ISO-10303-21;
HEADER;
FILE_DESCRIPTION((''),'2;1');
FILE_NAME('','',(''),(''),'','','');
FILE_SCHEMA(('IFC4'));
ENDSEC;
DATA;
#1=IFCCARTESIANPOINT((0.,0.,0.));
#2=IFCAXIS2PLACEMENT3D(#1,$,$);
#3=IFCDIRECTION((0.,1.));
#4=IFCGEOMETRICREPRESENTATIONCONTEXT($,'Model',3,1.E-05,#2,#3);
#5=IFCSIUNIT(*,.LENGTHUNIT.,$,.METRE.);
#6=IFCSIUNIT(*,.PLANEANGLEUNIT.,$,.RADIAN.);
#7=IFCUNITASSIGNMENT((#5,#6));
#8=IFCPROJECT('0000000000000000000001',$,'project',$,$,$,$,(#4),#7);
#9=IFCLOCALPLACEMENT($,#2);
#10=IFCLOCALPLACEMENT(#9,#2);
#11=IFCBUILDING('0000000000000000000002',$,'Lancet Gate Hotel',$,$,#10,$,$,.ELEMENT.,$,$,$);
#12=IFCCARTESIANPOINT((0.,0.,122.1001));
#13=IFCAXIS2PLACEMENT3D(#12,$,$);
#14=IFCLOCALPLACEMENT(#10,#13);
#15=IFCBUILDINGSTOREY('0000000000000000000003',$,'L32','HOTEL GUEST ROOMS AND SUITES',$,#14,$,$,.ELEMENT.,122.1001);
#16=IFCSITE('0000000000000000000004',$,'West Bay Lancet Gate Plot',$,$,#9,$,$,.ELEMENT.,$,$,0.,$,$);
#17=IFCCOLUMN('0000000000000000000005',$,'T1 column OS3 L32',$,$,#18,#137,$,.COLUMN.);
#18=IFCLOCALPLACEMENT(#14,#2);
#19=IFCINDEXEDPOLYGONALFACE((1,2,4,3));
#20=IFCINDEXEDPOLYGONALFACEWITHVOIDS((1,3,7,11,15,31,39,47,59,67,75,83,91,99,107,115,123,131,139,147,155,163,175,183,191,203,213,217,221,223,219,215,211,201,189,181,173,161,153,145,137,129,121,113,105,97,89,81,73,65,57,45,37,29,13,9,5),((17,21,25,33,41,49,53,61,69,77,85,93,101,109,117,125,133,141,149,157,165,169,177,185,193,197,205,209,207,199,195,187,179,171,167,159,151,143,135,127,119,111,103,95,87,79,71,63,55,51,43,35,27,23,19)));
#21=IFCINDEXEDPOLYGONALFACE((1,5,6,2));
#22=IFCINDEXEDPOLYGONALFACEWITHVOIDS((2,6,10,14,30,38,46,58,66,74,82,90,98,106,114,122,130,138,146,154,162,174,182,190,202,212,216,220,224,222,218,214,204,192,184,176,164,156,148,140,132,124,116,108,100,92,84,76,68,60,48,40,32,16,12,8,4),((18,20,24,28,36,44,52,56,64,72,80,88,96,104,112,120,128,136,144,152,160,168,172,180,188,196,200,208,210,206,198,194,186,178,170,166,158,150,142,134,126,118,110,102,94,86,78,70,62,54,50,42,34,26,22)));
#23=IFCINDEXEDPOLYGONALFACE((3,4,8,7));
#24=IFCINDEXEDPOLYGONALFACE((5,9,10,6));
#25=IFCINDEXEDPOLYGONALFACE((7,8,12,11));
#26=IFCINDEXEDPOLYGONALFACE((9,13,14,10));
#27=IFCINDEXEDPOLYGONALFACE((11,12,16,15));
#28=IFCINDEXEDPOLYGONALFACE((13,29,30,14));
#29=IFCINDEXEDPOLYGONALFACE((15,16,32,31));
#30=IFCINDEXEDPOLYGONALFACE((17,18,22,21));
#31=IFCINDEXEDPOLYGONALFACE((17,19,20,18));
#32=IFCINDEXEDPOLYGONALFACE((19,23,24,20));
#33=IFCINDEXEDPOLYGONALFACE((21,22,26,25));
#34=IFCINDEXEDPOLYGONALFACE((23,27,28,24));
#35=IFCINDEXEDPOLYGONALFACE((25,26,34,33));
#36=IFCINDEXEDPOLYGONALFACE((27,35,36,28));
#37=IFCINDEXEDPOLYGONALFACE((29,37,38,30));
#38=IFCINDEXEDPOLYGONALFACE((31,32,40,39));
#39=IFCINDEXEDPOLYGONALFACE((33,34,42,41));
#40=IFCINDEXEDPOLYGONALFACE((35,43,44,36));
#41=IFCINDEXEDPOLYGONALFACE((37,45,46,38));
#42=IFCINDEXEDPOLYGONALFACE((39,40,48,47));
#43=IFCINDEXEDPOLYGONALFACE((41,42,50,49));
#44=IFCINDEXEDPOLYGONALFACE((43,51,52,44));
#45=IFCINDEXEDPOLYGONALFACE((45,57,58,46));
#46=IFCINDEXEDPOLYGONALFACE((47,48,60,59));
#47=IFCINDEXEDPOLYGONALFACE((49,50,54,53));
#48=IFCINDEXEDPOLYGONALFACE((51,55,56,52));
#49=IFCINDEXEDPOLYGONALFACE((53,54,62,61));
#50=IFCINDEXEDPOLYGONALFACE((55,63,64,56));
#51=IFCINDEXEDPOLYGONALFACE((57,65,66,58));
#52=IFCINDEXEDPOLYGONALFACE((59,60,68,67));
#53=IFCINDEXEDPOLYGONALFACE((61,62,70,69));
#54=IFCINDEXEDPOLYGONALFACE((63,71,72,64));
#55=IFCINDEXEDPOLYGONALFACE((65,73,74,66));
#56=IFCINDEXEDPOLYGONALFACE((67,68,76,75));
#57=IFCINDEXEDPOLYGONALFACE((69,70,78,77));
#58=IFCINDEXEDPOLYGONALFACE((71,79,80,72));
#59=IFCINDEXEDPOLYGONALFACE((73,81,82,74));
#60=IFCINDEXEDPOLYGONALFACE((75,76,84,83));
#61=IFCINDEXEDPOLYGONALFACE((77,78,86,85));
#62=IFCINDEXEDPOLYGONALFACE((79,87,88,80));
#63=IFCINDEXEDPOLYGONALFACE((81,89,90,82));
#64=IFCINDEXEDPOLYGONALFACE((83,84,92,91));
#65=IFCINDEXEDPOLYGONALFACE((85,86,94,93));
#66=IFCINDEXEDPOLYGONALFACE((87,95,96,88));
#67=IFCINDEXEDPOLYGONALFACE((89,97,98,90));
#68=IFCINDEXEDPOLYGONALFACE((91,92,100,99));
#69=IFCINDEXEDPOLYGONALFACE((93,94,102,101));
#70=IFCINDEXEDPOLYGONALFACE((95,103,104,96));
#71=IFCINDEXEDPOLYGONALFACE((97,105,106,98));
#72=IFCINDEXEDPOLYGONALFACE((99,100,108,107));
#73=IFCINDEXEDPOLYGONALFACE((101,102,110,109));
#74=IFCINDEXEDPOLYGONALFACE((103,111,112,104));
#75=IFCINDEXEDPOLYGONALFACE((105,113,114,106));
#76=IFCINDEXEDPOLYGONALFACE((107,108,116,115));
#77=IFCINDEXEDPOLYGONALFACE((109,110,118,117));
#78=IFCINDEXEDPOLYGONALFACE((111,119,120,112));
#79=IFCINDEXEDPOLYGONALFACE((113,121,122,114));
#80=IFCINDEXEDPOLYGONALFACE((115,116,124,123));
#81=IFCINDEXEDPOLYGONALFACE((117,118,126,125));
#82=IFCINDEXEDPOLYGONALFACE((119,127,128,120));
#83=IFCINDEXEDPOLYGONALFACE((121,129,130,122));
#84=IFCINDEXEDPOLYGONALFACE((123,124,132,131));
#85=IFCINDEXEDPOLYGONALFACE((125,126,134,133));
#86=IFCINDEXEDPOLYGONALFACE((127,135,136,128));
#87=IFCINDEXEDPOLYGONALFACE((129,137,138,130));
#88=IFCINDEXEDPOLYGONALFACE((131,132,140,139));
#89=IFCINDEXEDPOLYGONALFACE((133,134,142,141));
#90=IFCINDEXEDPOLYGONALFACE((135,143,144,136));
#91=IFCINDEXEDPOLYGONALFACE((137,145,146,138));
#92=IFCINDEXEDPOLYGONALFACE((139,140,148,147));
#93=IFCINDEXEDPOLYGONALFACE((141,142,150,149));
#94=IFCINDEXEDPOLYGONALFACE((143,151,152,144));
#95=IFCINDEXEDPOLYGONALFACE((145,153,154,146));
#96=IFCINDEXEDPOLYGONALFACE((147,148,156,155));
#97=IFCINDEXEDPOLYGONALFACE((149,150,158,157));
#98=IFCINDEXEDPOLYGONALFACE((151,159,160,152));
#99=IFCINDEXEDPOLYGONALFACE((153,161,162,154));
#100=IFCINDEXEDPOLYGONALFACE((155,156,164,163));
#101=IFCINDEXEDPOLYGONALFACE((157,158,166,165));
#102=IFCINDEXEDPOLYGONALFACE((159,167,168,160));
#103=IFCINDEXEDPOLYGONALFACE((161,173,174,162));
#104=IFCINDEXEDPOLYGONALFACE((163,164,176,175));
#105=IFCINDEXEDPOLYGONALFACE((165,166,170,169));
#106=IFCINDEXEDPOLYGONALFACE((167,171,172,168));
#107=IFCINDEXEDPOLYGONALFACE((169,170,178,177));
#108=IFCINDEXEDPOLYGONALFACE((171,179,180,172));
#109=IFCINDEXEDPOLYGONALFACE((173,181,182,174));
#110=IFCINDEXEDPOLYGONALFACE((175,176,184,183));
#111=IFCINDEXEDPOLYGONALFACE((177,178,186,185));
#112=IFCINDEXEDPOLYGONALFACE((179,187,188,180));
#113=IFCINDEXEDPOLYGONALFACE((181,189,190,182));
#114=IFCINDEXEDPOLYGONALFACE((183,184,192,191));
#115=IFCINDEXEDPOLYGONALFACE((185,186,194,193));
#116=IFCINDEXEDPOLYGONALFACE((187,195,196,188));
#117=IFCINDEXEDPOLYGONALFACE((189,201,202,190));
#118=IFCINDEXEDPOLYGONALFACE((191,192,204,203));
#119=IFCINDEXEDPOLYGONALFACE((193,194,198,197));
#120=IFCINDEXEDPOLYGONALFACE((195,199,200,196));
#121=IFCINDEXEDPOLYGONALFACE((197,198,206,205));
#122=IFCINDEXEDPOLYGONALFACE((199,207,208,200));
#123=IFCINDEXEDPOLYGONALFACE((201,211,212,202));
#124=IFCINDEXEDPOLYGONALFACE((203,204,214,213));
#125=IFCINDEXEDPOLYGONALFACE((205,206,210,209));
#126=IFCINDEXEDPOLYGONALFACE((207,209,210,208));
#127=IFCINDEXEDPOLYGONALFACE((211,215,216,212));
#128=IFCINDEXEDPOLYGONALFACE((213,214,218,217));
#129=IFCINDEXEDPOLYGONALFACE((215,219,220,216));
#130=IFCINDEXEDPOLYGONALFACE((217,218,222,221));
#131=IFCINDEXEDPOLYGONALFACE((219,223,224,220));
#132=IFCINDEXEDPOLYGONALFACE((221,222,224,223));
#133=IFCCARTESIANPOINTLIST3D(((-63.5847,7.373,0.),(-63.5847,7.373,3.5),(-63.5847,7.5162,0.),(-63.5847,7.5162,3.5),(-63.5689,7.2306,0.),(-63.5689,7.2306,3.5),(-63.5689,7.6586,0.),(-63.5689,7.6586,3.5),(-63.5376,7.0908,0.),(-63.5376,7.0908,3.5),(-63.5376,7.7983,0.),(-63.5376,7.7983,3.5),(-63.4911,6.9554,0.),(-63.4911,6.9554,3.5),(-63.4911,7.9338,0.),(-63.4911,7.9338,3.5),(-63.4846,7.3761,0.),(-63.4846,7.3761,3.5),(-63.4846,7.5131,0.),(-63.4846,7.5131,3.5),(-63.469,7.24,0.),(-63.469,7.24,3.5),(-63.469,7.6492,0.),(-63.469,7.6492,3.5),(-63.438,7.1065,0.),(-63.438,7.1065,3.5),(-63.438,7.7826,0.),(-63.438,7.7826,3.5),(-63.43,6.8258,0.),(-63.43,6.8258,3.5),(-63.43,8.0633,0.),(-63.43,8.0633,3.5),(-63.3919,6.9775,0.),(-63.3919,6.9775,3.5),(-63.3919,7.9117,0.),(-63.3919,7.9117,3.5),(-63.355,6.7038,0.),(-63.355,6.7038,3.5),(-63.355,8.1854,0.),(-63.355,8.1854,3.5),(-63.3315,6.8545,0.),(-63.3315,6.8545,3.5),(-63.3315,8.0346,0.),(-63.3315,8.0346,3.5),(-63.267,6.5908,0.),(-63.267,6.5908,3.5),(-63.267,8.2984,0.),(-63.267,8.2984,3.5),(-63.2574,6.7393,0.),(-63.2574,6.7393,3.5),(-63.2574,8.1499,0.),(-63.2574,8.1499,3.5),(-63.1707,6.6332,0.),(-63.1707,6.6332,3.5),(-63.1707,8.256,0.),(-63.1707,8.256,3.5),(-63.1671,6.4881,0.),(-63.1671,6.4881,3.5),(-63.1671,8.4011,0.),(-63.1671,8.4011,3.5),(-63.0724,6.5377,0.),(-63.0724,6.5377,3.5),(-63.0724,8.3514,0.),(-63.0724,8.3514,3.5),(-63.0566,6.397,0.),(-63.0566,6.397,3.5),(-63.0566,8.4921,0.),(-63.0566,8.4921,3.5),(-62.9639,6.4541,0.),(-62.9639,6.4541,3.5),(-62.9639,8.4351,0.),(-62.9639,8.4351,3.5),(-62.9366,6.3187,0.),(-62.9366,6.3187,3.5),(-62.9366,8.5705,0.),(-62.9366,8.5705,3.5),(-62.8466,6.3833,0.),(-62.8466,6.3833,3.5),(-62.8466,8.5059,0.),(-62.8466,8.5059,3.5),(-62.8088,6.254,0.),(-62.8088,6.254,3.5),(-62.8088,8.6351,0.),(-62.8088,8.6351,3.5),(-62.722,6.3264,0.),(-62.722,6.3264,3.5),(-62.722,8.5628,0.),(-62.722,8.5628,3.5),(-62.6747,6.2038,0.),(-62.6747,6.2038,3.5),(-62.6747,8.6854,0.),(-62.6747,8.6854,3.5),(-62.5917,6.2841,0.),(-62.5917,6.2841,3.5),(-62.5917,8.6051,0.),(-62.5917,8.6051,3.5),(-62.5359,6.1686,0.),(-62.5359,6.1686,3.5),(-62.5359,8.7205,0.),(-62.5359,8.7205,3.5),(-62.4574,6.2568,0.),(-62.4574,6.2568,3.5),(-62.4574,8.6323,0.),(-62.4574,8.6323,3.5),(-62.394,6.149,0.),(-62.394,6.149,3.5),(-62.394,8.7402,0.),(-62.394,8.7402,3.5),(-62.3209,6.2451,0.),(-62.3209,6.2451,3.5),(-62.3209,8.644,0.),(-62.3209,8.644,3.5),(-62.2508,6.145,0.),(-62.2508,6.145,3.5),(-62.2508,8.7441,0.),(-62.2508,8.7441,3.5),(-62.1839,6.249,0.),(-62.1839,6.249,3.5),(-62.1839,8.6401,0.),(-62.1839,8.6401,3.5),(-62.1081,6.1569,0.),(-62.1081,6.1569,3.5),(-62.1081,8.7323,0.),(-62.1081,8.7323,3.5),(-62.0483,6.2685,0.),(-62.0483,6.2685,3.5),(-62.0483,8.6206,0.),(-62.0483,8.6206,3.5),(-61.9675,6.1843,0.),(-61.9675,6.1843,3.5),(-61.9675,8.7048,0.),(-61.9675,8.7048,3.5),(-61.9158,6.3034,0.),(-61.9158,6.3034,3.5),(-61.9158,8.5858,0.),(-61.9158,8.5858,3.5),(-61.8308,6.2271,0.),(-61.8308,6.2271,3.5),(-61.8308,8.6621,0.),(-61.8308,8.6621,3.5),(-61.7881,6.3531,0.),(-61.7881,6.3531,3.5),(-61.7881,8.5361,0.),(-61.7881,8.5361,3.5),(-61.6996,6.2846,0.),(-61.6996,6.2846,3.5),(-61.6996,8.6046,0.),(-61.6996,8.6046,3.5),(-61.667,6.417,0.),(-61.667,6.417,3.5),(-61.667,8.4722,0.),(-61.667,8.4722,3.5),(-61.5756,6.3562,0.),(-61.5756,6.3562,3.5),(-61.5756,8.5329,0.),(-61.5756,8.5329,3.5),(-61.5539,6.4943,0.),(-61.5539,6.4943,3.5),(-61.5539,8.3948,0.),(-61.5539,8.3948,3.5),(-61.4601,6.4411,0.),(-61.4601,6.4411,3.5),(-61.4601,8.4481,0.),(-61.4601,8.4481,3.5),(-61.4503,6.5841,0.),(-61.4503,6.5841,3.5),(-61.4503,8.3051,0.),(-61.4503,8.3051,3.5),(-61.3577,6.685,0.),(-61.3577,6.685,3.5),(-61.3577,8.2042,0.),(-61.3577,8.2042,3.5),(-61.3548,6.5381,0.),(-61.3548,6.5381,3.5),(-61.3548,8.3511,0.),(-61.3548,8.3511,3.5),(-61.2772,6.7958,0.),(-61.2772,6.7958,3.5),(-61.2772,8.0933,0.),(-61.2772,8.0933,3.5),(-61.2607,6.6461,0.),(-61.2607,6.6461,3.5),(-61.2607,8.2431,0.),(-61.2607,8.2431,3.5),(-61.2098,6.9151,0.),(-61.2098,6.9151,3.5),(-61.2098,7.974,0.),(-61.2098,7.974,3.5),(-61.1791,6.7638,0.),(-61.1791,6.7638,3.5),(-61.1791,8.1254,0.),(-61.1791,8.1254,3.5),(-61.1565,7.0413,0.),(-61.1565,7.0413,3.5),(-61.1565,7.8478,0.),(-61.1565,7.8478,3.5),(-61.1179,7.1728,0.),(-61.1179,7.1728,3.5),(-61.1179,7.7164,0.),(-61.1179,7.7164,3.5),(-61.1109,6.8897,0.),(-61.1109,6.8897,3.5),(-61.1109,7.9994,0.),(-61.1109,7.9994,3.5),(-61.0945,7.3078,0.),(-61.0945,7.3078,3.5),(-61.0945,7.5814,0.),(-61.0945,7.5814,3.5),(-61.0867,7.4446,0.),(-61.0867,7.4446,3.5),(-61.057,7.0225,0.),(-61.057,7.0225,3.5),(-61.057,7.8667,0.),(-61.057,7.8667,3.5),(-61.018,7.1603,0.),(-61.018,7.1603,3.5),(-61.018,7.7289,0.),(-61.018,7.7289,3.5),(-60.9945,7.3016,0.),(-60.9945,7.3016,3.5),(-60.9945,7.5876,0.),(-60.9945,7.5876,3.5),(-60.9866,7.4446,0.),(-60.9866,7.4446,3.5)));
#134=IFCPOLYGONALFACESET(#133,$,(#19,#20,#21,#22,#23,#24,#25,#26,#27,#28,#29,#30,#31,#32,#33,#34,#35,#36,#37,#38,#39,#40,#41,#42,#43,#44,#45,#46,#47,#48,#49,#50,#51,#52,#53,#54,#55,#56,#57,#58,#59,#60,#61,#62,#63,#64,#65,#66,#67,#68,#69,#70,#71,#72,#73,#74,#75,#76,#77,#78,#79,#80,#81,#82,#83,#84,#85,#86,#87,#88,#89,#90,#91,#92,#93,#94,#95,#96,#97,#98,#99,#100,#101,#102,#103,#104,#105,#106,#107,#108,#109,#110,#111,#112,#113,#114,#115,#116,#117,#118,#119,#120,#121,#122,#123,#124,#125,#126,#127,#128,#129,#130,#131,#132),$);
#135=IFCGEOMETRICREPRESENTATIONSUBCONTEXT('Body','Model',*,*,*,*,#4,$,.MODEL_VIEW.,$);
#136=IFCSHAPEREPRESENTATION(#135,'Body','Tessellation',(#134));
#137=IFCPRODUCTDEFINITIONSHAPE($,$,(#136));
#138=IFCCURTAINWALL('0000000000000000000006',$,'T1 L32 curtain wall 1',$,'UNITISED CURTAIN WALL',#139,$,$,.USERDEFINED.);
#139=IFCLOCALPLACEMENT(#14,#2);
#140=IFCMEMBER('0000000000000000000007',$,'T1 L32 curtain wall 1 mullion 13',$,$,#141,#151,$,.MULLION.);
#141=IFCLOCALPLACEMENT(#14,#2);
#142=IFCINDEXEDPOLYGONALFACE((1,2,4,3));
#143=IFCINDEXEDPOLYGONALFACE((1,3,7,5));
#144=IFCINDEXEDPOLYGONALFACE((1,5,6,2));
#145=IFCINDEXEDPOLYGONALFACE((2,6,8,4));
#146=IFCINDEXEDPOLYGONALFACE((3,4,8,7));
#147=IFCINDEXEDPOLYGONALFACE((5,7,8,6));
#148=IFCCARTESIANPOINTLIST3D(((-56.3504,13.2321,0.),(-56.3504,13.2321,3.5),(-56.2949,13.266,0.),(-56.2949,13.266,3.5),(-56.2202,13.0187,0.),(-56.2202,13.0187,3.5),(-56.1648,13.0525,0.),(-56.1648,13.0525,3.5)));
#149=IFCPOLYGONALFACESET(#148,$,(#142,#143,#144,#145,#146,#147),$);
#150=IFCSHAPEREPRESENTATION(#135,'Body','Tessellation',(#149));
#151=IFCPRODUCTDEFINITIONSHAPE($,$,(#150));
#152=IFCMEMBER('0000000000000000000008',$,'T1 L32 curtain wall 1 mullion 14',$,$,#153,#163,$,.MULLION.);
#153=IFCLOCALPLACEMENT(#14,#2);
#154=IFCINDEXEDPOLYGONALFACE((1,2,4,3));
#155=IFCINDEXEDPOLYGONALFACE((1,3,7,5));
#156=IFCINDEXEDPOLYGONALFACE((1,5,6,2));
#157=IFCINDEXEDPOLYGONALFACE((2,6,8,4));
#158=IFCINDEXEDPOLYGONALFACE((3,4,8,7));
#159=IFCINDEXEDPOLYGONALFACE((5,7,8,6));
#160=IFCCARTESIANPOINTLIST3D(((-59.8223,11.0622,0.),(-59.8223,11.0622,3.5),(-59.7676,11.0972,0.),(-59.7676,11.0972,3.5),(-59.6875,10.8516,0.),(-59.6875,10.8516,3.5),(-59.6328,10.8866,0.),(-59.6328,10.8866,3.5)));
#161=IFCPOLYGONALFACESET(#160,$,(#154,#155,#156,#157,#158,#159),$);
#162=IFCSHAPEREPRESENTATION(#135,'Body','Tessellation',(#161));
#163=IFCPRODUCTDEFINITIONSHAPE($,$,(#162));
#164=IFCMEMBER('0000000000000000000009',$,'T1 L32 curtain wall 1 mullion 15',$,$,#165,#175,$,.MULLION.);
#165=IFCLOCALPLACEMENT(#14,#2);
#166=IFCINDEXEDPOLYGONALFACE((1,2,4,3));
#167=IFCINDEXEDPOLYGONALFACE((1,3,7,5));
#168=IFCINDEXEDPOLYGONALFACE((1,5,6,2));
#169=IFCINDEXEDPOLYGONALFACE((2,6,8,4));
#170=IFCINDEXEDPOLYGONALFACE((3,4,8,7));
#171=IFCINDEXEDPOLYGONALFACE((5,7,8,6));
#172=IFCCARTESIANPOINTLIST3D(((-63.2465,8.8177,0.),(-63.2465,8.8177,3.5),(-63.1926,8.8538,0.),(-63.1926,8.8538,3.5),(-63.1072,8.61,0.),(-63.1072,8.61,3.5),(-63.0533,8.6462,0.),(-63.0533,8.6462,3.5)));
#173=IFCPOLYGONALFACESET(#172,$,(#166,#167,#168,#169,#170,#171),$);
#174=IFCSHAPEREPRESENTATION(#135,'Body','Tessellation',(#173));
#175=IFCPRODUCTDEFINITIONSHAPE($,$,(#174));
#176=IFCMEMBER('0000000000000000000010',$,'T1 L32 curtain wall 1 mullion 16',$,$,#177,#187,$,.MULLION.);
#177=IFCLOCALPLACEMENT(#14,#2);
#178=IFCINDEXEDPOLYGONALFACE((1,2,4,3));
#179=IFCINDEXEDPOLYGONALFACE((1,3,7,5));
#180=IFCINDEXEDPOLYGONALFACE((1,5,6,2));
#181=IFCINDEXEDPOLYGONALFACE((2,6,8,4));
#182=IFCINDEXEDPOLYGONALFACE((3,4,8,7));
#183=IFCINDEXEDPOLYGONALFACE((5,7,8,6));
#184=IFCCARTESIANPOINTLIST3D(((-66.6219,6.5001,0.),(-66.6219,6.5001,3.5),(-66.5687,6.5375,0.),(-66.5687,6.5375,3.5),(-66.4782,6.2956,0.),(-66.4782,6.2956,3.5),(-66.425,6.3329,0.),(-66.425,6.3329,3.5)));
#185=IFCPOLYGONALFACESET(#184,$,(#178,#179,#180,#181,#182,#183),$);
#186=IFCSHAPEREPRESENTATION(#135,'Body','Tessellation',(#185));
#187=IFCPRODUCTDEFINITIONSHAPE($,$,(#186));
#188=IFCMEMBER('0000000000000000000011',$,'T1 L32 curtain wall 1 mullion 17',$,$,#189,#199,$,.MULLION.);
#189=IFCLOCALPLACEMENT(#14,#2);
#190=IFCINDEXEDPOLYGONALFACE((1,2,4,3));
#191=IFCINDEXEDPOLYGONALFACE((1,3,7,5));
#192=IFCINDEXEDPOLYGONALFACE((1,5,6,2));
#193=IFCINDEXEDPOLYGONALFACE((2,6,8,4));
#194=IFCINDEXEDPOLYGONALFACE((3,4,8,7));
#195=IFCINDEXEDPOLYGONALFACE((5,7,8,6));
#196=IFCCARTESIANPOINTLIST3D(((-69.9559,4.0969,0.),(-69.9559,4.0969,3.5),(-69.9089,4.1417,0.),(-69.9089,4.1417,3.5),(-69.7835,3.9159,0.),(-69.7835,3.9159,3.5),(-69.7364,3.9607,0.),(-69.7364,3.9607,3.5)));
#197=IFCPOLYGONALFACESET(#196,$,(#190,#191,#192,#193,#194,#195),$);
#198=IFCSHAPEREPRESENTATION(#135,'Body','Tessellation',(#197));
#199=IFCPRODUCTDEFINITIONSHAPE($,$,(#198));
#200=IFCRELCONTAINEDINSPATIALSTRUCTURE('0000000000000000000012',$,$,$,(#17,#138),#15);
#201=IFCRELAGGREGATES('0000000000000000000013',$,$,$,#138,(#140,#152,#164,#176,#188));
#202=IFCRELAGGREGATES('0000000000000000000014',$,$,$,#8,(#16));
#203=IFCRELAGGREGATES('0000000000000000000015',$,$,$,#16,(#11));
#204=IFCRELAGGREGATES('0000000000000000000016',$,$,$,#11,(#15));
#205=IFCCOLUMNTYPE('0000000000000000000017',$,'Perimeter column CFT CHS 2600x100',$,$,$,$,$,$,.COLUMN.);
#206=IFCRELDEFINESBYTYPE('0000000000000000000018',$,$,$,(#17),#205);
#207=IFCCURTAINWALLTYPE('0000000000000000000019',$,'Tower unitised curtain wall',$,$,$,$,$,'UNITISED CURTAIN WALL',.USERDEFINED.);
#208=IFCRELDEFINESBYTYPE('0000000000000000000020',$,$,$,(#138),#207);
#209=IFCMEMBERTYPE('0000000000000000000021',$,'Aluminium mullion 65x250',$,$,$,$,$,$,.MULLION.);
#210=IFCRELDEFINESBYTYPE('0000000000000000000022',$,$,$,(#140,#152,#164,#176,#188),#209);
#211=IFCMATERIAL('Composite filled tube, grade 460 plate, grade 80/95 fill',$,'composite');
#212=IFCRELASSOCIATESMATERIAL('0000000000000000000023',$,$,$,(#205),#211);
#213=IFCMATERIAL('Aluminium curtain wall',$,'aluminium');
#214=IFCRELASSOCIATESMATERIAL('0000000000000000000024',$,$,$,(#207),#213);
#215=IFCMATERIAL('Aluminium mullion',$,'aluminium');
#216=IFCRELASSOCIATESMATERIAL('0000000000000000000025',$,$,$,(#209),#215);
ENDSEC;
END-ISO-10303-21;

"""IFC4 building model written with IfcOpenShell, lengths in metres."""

from ifc_helpers import new_model, si_unit, direction, frame, origin, origin_2d, place, context, subcontext, project, spatial, rectangle, hollow_circle, extrude, material, material_profile, profile_set, type_object, element, aggregate, save


model = new_model("IFC4")

# Units and contexts
model_context = context("Model", 3, precision=1e-05, world=origin(), true_north=direction((0.0, 1.0)))
body_context = subcontext(model_context, "Body", "Model", "MODEL_VIEW")
ifc_project = project(units=[si_unit("LENGTHUNIT", "METRE"), si_unit("PLANEANGLEUNIT", "RADIAN")], contexts=[model_context])

# Site, building, storey
site_placement = place(None, origin())
site = spatial("IfcSite", under=ifc_project, at=site_placement, Name="West Bay Lancet Gate Plot", CompositionType="ELEMENT", RefElevation=0.0)
building_placement = place(site_placement, origin())
building = spatial("IfcBuilding", under=site, at=building_placement, Name="Lancet Gate Hotel", CompositionType="ELEMENT")
storey_placement = place(building_placement, frame((0.0, 0.0, 122.1001)))
storey = spatial("IfcBuildingStorey", under=building, at=storey_placement, Name="L32", Description="HOTEL GUEST ROOMS AND SUITES", CompositionType="ELEMENT", Elevation=122.1001)

# Column
ifc_material_1 = material(Name="Composite filled tube, grade 460 plate, grade 80/95 fill", Category="composite")
ifc_material_profile_1 = material_profile(ifc_material_1, hollow_circle(Radius=1.3, WallThickness=0.1001, at=origin_2d()), Name="CHS 2600x100")
ifc_profile_set_1 = profile_set([ifc_material_profile_1], Name="Composite filled tube, grade 460 plate, grade 80/95 fill")
column_type = type_object("IfcColumnType", Name="Perimeter column CFT CHS 2600x100", PredefinedType="COLUMN", material=ifc_profile_set_1)
column_placement = place(storey_placement, frame((-62.2866, 7.4446, 0.0), z_axis=(0.0, 0.0, 1.0), x_axis=(1.0, 0.0, 0.0)))
element("IfcColumn", 1, at=column_placement, inside=storey, type_object=column_type, Name="T1 column OS3 L32", PredefinedType="COLUMN", context=body_context, shape_type="SweptSolid", body=[
    extrude(hollow_circle(Radius=1.3, WallThickness=0.1001, at=origin_2d()), origin(), (0.0, 0.0, 1.0), 3.5),
])

# Curtain wall, members
ifc_material_2 = material(Name="Aluminium curtain wall", Category="aluminium")
curtain_wall_type = type_object("IfcCurtainWallType", Name="Tower unitised curtain wall", ElementType="UNITISED CURTAIN WALL", PredefinedType="USERDEFINED", material=ifc_material_2)
curtain_wall_placement = place(storey_placement, origin())
curtain_wall = element("IfcCurtainWall", 2, at=curtain_wall_placement, inside=storey, type_object=curtain_wall_type, Name="T1 L32 curtain wall 1", ObjectType="UNITISED CURTAIN WALL", PredefinedType="USERDEFINED")
ifc_material_3 = material(Name="Aluminium mullion", Category="aluminium")
ifc_material_profile_2 = material_profile(ifc_material_3, rectangle(XDim=0.0649, YDim=0.25, at=origin_2d()), Name="MULLION 65x250")
ifc_profile_set_2 = profile_set([ifc_material_profile_2], Name="Aluminium mullion")
member_type_1 = type_object("IfcMemberType", Name="Aluminium mullion 65x250", PredefinedType="MULLION", material=ifc_profile_set_2)
member_1_placement = place(storey_placement, frame((-56.2576, 13.1423, 0.0), z_axis=(0.0, 0.0, 1.0), x_axis=(-0.853716, -0.520739, 0.0)))
member_1 = element("IfcMember", 3, at=member_1_placement, type_object=member_type_1, Name="T1 L32 curtain wall 1 mullion 13", PredefinedType="MULLION", context=body_context, shape_type="SweptSolid", body=[
    extrude(rectangle(XDim=0.0649, YDim=0.25, at=origin_2d()), origin(), (0.0, 0.0, 1.0), 3.5),
])
member_2_placement = place(storey_placement, frame((-59.7275, 10.9744, 0.0), z_axis=(0.0, 0.0, 1.0), x_axis=(-0.842308, -0.538996, 0.0)))
member_2 = element("IfcMember", 4, at=member_2_placement, type_object=member_type_1, Name="T1 L32 curtain wall 1 mullion 14", PredefinedType="MULLION", context=body_context, shape_type="SweptSolid", body=[
    extrude(rectangle(XDim=0.0649, YDim=0.25, at=origin_2d()), origin(), (0.0, 0.0, 1.0), 3.5),
])
member_3_placement = place(storey_placement, frame((-63.1499, 8.7319, 0.0), z_axis=(0.0, 0.0, 1.0), x_axis=(-0.83051, -0.557004, 0.0)))
member_3 = element("IfcMember", 5, at=member_3_placement, type_object=member_type_1, Name="T1 L32 curtain wall 1 mullion 15", PredefinedType="MULLION", context=body_context, shape_type="SweptSolid", body=[
    extrude(rectangle(XDim=0.0649, YDim=0.25, at=origin_2d()), origin(), (0.0, 0.0, 1.0), 3.5),
])
member_4_placement = place(storey_placement, frame((-66.5234, 6.4165, 0.0), z_axis=(0.0, 0.0, 1.0), x_axis=(-0.818327, -0.574753, 0.0)))
member_4 = element("IfcMember", 6, at=member_4_placement, type_object=member_type_1, Name="T1 L32 curtain wall 1 mullion 16", PredefinedType="MULLION", context=body_context, shape_type="SweptSolid", body=[
    extrude(rectangle(XDim=0.0649, YDim=0.25, at=origin_2d()), origin(), (0.0, 0.0, 1.0), 3.5),
])
member_5_placement = place(storey_placement, frame((-69.8462, 4.0288, 0.0), z_axis=(0.0, 0.0, 1.0), x_axis=(-0.723846, -0.689961, 0.0)))
member_5 = element("IfcMember", 7, at=member_5_placement, type_object=member_type_1, Name="T1 L32 curtain wall 1 mullion 17", PredefinedType="MULLION", context=body_context, shape_type="SweptSolid", body=[
    extrude(rectangle(XDim=0.0649, YDim=0.25, at=origin_2d()), origin(), (0.0, 0.0, 1.0), 3.5),
])

aggregate(curtain_wall, [member_1, member_2, member_3, member_4, member_5])

save(model, "model.ifc")
